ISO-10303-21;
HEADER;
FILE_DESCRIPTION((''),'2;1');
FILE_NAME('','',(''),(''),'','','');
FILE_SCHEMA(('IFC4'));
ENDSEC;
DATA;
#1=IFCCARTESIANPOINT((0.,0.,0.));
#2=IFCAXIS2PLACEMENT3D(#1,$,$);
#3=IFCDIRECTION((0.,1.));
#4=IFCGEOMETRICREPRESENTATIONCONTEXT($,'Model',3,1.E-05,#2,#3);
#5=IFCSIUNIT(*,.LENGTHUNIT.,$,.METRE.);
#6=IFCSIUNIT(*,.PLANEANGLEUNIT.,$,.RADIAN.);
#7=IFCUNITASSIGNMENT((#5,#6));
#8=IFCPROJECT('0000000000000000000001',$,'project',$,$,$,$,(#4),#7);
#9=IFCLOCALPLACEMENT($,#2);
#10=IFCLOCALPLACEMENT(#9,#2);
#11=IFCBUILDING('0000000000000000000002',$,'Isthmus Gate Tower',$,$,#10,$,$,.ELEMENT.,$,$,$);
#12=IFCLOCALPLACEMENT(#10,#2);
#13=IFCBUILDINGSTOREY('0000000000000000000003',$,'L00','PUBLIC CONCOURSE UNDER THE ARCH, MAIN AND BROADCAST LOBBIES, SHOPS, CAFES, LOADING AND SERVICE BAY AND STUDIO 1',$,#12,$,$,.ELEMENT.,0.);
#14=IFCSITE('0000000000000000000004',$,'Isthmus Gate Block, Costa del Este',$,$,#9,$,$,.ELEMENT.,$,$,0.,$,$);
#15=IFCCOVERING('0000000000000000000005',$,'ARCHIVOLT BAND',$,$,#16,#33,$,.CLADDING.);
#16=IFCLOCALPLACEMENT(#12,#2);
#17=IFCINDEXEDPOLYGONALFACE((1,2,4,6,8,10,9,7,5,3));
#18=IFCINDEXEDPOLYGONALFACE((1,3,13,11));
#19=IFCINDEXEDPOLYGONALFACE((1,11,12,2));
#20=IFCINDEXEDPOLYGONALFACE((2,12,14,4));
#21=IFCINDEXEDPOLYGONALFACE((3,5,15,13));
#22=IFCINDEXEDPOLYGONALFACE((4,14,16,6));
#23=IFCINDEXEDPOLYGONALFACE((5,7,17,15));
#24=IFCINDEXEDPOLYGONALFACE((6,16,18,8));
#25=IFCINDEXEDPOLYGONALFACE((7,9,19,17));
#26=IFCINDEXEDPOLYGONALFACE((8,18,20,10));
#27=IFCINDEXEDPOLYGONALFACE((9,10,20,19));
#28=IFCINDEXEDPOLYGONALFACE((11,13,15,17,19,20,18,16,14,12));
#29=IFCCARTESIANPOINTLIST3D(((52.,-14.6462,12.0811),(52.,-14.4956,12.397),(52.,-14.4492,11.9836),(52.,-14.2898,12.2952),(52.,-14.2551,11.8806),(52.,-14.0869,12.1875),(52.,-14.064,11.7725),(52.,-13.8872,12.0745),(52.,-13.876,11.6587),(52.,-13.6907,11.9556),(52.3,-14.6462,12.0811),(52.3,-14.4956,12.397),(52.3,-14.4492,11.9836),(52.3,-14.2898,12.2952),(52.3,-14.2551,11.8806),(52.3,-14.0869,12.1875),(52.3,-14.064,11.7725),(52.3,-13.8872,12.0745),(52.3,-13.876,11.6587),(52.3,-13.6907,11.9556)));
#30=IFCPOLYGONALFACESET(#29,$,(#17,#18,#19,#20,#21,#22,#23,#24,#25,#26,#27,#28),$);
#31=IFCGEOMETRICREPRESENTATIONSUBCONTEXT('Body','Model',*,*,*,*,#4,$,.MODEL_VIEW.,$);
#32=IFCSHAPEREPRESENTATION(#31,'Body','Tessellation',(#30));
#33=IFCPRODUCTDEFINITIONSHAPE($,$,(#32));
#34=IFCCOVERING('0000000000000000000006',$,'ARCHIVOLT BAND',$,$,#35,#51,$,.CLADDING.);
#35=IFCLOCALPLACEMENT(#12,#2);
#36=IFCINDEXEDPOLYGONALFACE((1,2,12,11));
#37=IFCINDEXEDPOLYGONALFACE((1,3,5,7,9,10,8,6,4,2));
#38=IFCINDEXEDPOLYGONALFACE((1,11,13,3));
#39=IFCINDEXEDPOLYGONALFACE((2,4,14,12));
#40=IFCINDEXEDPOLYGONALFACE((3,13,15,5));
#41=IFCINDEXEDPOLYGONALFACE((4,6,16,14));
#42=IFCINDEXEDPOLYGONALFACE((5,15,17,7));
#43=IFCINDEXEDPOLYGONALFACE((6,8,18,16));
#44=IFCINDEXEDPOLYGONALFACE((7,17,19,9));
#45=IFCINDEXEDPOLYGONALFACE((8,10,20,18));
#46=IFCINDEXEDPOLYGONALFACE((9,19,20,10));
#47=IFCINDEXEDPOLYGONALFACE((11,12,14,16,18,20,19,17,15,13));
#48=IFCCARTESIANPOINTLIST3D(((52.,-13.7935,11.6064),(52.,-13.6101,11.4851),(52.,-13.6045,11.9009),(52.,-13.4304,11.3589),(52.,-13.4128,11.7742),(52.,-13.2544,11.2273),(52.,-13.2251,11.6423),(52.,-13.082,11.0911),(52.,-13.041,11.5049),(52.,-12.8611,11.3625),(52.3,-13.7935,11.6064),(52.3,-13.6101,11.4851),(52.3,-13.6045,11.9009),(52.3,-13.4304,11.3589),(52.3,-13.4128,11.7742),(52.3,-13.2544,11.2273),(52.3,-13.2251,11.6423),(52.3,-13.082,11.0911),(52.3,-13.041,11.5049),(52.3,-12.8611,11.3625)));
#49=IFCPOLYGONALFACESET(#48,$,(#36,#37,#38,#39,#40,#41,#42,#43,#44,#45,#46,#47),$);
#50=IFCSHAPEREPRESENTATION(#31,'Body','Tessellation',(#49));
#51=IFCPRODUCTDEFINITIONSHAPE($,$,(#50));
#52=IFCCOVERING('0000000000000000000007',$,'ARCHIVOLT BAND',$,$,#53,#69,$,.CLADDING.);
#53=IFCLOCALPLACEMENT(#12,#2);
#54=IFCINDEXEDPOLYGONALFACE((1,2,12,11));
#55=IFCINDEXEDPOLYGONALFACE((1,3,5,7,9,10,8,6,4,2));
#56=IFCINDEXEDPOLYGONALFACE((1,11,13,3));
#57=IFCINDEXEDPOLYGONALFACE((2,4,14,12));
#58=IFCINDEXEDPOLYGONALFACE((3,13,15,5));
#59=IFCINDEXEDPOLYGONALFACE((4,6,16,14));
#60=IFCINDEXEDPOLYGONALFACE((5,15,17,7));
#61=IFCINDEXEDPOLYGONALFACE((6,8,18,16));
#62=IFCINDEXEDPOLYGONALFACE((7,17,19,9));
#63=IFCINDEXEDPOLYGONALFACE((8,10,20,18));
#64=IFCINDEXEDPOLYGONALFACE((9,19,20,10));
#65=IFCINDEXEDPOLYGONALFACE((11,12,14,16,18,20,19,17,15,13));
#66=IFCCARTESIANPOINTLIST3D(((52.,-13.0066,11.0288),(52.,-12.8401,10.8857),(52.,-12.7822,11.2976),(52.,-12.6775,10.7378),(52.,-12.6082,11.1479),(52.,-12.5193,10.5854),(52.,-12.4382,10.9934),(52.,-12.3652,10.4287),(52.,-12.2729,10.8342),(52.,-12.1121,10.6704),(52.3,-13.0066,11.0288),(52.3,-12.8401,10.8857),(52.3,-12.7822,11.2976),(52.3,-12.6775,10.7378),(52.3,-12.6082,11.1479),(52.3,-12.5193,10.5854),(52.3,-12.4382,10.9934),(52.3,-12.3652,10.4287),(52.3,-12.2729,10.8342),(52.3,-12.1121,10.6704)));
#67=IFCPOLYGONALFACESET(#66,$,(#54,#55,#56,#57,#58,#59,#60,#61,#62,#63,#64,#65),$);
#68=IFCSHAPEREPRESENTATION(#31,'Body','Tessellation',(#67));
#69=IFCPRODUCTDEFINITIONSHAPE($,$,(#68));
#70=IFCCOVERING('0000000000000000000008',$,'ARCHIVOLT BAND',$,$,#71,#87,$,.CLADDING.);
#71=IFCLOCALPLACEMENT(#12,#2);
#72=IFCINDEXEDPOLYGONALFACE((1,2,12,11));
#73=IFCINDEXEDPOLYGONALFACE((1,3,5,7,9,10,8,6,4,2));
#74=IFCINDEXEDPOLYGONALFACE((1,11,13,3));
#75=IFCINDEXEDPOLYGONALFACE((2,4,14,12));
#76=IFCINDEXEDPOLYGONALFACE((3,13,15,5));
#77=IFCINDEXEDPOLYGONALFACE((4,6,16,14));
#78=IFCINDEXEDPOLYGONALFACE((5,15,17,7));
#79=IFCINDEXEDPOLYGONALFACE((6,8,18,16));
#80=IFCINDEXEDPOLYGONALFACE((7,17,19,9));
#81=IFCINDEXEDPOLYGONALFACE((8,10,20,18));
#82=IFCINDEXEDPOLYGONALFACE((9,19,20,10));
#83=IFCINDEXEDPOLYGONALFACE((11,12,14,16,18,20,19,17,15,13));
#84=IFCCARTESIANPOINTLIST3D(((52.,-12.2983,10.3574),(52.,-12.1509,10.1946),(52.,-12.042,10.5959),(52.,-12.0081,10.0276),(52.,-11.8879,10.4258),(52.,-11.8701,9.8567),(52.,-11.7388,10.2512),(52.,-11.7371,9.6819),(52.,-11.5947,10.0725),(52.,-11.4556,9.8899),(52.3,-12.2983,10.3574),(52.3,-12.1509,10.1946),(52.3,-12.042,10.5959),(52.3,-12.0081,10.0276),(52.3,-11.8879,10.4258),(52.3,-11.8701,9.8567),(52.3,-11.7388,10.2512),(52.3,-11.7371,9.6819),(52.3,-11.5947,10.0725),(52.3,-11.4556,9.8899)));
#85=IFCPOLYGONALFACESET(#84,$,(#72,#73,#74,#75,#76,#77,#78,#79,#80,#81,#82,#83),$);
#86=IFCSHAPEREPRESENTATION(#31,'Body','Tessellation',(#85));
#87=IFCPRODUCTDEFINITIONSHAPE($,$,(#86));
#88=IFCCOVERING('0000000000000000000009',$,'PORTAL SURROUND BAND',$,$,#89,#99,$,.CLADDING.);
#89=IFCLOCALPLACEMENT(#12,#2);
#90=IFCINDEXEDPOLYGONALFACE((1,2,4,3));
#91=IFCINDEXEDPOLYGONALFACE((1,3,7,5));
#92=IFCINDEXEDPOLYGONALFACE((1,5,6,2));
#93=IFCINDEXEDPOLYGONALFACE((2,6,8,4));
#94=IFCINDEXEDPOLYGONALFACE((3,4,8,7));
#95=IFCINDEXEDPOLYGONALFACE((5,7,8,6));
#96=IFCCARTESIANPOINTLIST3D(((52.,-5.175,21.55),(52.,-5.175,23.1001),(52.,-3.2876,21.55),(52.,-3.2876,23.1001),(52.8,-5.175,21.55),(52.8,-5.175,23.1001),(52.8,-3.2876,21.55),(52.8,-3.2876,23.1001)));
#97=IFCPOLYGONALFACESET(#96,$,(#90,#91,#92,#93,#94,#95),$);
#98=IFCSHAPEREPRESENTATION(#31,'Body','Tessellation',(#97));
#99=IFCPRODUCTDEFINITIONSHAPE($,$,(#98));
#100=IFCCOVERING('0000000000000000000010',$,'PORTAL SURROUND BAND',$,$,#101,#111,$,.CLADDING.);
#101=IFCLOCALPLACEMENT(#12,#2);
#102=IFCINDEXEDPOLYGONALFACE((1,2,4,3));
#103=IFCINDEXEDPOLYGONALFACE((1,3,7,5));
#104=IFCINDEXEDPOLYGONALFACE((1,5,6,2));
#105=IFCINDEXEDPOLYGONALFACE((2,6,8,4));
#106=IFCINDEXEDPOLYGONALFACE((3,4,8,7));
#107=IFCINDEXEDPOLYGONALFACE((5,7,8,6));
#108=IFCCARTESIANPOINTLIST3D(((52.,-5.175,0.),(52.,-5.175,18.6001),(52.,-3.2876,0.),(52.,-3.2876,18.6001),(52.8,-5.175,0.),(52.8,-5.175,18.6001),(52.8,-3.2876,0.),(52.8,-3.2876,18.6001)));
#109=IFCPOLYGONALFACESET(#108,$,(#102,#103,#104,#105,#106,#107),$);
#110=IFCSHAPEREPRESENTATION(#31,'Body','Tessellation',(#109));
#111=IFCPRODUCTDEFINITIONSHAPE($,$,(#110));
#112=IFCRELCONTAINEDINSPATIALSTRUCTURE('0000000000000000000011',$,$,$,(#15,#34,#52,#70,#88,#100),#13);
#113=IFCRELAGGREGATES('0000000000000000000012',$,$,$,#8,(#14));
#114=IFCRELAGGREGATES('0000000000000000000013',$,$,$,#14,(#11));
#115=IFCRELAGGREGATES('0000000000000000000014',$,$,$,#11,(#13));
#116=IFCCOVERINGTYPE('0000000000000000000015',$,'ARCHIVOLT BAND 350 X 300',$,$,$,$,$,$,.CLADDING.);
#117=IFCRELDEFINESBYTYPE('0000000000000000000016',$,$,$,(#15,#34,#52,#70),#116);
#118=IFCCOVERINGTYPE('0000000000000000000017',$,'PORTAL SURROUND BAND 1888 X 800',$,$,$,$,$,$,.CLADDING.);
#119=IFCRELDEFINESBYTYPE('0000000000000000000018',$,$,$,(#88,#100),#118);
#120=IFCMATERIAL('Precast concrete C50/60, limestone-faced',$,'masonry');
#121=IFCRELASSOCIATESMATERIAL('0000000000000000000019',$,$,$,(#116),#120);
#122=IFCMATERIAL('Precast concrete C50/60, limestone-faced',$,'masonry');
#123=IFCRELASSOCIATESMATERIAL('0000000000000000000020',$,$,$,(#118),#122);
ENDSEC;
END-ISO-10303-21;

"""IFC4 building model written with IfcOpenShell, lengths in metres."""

from ifc_helpers import new_model, si_unit, direction, frame, origin, place, context, subcontext, project, spatial, polyline, outline, extrude, material, type_object, element, save


model = new_model("IFC4")

# Units and contexts
model_context = context("Model", 3, precision=1e-05, world=origin(), true_north=direction((0.0, 1.0)))
body_context = subcontext(model_context, "Body", "Model", "MODEL_VIEW")
ifc_project = project(units=[si_unit("LENGTHUNIT", "METRE"), si_unit("PLANEANGLEUNIT", "RADIAN")], contexts=[model_context])

# Site, building, storey
site_placement = place(None, origin())
site = spatial("IfcSite", under=ifc_project, at=site_placement, Name="Isthmus Gate Block, Costa del Este", CompositionType="ELEMENT", RefElevation=0.0)
building_placement = place(site_placement, origin())
building = spatial("IfcBuilding", under=site, at=building_placement, Name="Isthmus Gate Tower", CompositionType="ELEMENT")
storey_placement = place(building_placement, origin())
storey = spatial("IfcBuildingStorey", under=building, at=storey_placement, Name="L00", Description="PUBLIC CONCOURSE UNDER THE ARCH, MAIN AND BROADCAST LOBBIES, SHOPS, CAFES, LOADING AND SERVICE BAY AND STUDIO 1", CompositionType="ELEMENT", Elevation=0.0)

# Coverings
ifc_material_1 = material(Name="Precast concrete C50/60, limestone-faced", Category="masonry")
covering_type_1 = type_object("IfcCoveringType", Name="ARCHIVOLT BAND 350 X 300", PredefinedType="CLADDING", material=ifc_material_1)
covering_1_placement = place(storey_placement, frame((52.3, -14.6462, 12.0811), z_axis=(1.0, 0.0, 0.0), x_axis=(0.0, 0.896418, -0.44321)))
element("IfcCovering", 1, at=covering_1_placement, inside=storey, type_object=covering_type_1, Name="ARCHIVOLT BAND", PredefinedType="CLADDING", context=body_context, shape_type="SweptSolid", body=[
    extrude(outline(polyline([(0.0, 0.0), (0.2198, 0.0), (0.4394, -0.0063), (0.6587, -0.0186), (0.8777, -0.0372), (0.9122, 0.311), (0.6833, 0.3305), (0.4542, 0.3433), (0.2246, 0.3499), (-0.005, 0.35), (0.0, 0.0)])), origin(), (0.0, 0.0, -1.0), 0.3),
])
covering_2_placement = place(storey_placement, frame((52.3, -13.7935, 11.6064), z_axis=(1.0, 0.0, 0.0), x_axis=(0.0, 0.833925, -0.551878)))
element("IfcCovering", 2, at=covering_2_placement, inside=storey, type_object=covering_type_1, Name="ARCHIVOLT BAND", PredefinedType="CLADDING", context=body_context, shape_type="SweptSolid", body=[
    extrude(outline(polyline([(0.0, 0.0), (0.2199, 0.0), (0.4394, -0.0061), (0.6588, -0.0187), (0.8777, -0.0372), (0.9121, 0.3112), (0.6835, 0.3306), (0.4542, 0.3436), (0.2248, 0.3499), (-0.0049, 0.3498), (0.0, 0.0)])), origin(), (0.0, 0.0, -1.0), 0.3),
])
covering_3_placement = place(storey_placement, frame((52.3, -13.0066, 11.0288), z_axis=(1.0, 0.0, 0.0), x_axis=(0.0, 0.758471, -0.651707)))
element("IfcCovering", 3, at=covering_3_placement, inside=storey, type_object=covering_type_1, Name="ARCHIVOLT BAND", PredefinedType="CLADDING", context=body_context, shape_type="SweptSolid", body=[
    extrude(outline(polyline([(0.0, 0.0), (0.2195, 0.0), (0.4393, -0.0062), (0.6585, -0.0187), (0.8775, -0.0372), (0.912, 0.3111), (0.6833, 0.3305), (0.4542, 0.3436), (0.2246, 0.35), (-0.005, 0.3501), (0.0, 0.0)])), origin(), (0.0, 0.0, -1.0), 0.3),
])
covering_4_placement = place(storey_placement, frame((52.3, -12.2983, 10.3574), z_axis=(1.0, 0.0, 0.0), x_axis=(0.0, 0.671233, -0.741246)))
element("IfcCovering", 4, at=covering_4_placement, inside=storey, type_object=covering_type_1, Name="ARCHIVOLT BAND", PredefinedType="CLADDING", context=body_context, shape_type="SweptSolid", body=[
    extrude(outline(polyline([(0.0, 0.0), (0.2197, 0.0), (0.4393, -0.0062), (0.6586, -0.0187), (0.8775, -0.0374), (0.9123, 0.3109), (0.6835, 0.3303), (0.4543, 0.3435), (0.2248, 0.3501), (-0.0047, 0.3501), (0.0, 0.0)])), origin(), (0.0, 0.0, -1.0), 0.3),
])
ifc_material_2 = material(Name="Precast concrete C50/60, limestone-faced", Category="masonry")
covering_type_2 = type_object("IfcCoveringType", Name="PORTAL SURROUND BAND 1888 X 800", PredefinedType="CLADDING", material=ifc_material_2)
covering_5_placement = place(storey_placement, frame((52.8, -3.2876, 23.1001), z_axis=(1.0, 0.0, 0.0), x_axis=(0.0, -1.0, 0.0)))
element("IfcCovering", 5, at=covering_5_placement, inside=storey, type_object=covering_type_2, Name="PORTAL SURROUND BAND", PredefinedType="CLADDING", context=body_context, shape_type="SweptSolid", body=[
    extrude(outline(polyline([(0.0, 0.0), (1.8875, 0.0), (1.8875, 1.55), (0.0, 1.55), (0.0, 0.0)])), origin(), (0.0, 0.0, -1.0), 0.8),
])
covering_6_placement = place(storey_placement, frame((52.8, -3.2876, 18.6001), z_axis=(1.0, 0.0, 0.0), x_axis=(0.0, -1.0, 0.0)))
element("IfcCovering", 6, at=covering_6_placement, inside=storey, type_object=covering_type_2, Name="PORTAL SURROUND BAND", PredefinedType="CLADDING", context=body_context, shape_type="SweptSolid", body=[
    extrude(outline(polyline([(0.0, 0.0), (1.8875, 0.0), (1.8875, 18.6001), (0.0, 18.6001), (0.0, 0.0)])), origin(), (0.0, 0.0, -1.0), 0.8),
])

save(model, "model.ifc")
